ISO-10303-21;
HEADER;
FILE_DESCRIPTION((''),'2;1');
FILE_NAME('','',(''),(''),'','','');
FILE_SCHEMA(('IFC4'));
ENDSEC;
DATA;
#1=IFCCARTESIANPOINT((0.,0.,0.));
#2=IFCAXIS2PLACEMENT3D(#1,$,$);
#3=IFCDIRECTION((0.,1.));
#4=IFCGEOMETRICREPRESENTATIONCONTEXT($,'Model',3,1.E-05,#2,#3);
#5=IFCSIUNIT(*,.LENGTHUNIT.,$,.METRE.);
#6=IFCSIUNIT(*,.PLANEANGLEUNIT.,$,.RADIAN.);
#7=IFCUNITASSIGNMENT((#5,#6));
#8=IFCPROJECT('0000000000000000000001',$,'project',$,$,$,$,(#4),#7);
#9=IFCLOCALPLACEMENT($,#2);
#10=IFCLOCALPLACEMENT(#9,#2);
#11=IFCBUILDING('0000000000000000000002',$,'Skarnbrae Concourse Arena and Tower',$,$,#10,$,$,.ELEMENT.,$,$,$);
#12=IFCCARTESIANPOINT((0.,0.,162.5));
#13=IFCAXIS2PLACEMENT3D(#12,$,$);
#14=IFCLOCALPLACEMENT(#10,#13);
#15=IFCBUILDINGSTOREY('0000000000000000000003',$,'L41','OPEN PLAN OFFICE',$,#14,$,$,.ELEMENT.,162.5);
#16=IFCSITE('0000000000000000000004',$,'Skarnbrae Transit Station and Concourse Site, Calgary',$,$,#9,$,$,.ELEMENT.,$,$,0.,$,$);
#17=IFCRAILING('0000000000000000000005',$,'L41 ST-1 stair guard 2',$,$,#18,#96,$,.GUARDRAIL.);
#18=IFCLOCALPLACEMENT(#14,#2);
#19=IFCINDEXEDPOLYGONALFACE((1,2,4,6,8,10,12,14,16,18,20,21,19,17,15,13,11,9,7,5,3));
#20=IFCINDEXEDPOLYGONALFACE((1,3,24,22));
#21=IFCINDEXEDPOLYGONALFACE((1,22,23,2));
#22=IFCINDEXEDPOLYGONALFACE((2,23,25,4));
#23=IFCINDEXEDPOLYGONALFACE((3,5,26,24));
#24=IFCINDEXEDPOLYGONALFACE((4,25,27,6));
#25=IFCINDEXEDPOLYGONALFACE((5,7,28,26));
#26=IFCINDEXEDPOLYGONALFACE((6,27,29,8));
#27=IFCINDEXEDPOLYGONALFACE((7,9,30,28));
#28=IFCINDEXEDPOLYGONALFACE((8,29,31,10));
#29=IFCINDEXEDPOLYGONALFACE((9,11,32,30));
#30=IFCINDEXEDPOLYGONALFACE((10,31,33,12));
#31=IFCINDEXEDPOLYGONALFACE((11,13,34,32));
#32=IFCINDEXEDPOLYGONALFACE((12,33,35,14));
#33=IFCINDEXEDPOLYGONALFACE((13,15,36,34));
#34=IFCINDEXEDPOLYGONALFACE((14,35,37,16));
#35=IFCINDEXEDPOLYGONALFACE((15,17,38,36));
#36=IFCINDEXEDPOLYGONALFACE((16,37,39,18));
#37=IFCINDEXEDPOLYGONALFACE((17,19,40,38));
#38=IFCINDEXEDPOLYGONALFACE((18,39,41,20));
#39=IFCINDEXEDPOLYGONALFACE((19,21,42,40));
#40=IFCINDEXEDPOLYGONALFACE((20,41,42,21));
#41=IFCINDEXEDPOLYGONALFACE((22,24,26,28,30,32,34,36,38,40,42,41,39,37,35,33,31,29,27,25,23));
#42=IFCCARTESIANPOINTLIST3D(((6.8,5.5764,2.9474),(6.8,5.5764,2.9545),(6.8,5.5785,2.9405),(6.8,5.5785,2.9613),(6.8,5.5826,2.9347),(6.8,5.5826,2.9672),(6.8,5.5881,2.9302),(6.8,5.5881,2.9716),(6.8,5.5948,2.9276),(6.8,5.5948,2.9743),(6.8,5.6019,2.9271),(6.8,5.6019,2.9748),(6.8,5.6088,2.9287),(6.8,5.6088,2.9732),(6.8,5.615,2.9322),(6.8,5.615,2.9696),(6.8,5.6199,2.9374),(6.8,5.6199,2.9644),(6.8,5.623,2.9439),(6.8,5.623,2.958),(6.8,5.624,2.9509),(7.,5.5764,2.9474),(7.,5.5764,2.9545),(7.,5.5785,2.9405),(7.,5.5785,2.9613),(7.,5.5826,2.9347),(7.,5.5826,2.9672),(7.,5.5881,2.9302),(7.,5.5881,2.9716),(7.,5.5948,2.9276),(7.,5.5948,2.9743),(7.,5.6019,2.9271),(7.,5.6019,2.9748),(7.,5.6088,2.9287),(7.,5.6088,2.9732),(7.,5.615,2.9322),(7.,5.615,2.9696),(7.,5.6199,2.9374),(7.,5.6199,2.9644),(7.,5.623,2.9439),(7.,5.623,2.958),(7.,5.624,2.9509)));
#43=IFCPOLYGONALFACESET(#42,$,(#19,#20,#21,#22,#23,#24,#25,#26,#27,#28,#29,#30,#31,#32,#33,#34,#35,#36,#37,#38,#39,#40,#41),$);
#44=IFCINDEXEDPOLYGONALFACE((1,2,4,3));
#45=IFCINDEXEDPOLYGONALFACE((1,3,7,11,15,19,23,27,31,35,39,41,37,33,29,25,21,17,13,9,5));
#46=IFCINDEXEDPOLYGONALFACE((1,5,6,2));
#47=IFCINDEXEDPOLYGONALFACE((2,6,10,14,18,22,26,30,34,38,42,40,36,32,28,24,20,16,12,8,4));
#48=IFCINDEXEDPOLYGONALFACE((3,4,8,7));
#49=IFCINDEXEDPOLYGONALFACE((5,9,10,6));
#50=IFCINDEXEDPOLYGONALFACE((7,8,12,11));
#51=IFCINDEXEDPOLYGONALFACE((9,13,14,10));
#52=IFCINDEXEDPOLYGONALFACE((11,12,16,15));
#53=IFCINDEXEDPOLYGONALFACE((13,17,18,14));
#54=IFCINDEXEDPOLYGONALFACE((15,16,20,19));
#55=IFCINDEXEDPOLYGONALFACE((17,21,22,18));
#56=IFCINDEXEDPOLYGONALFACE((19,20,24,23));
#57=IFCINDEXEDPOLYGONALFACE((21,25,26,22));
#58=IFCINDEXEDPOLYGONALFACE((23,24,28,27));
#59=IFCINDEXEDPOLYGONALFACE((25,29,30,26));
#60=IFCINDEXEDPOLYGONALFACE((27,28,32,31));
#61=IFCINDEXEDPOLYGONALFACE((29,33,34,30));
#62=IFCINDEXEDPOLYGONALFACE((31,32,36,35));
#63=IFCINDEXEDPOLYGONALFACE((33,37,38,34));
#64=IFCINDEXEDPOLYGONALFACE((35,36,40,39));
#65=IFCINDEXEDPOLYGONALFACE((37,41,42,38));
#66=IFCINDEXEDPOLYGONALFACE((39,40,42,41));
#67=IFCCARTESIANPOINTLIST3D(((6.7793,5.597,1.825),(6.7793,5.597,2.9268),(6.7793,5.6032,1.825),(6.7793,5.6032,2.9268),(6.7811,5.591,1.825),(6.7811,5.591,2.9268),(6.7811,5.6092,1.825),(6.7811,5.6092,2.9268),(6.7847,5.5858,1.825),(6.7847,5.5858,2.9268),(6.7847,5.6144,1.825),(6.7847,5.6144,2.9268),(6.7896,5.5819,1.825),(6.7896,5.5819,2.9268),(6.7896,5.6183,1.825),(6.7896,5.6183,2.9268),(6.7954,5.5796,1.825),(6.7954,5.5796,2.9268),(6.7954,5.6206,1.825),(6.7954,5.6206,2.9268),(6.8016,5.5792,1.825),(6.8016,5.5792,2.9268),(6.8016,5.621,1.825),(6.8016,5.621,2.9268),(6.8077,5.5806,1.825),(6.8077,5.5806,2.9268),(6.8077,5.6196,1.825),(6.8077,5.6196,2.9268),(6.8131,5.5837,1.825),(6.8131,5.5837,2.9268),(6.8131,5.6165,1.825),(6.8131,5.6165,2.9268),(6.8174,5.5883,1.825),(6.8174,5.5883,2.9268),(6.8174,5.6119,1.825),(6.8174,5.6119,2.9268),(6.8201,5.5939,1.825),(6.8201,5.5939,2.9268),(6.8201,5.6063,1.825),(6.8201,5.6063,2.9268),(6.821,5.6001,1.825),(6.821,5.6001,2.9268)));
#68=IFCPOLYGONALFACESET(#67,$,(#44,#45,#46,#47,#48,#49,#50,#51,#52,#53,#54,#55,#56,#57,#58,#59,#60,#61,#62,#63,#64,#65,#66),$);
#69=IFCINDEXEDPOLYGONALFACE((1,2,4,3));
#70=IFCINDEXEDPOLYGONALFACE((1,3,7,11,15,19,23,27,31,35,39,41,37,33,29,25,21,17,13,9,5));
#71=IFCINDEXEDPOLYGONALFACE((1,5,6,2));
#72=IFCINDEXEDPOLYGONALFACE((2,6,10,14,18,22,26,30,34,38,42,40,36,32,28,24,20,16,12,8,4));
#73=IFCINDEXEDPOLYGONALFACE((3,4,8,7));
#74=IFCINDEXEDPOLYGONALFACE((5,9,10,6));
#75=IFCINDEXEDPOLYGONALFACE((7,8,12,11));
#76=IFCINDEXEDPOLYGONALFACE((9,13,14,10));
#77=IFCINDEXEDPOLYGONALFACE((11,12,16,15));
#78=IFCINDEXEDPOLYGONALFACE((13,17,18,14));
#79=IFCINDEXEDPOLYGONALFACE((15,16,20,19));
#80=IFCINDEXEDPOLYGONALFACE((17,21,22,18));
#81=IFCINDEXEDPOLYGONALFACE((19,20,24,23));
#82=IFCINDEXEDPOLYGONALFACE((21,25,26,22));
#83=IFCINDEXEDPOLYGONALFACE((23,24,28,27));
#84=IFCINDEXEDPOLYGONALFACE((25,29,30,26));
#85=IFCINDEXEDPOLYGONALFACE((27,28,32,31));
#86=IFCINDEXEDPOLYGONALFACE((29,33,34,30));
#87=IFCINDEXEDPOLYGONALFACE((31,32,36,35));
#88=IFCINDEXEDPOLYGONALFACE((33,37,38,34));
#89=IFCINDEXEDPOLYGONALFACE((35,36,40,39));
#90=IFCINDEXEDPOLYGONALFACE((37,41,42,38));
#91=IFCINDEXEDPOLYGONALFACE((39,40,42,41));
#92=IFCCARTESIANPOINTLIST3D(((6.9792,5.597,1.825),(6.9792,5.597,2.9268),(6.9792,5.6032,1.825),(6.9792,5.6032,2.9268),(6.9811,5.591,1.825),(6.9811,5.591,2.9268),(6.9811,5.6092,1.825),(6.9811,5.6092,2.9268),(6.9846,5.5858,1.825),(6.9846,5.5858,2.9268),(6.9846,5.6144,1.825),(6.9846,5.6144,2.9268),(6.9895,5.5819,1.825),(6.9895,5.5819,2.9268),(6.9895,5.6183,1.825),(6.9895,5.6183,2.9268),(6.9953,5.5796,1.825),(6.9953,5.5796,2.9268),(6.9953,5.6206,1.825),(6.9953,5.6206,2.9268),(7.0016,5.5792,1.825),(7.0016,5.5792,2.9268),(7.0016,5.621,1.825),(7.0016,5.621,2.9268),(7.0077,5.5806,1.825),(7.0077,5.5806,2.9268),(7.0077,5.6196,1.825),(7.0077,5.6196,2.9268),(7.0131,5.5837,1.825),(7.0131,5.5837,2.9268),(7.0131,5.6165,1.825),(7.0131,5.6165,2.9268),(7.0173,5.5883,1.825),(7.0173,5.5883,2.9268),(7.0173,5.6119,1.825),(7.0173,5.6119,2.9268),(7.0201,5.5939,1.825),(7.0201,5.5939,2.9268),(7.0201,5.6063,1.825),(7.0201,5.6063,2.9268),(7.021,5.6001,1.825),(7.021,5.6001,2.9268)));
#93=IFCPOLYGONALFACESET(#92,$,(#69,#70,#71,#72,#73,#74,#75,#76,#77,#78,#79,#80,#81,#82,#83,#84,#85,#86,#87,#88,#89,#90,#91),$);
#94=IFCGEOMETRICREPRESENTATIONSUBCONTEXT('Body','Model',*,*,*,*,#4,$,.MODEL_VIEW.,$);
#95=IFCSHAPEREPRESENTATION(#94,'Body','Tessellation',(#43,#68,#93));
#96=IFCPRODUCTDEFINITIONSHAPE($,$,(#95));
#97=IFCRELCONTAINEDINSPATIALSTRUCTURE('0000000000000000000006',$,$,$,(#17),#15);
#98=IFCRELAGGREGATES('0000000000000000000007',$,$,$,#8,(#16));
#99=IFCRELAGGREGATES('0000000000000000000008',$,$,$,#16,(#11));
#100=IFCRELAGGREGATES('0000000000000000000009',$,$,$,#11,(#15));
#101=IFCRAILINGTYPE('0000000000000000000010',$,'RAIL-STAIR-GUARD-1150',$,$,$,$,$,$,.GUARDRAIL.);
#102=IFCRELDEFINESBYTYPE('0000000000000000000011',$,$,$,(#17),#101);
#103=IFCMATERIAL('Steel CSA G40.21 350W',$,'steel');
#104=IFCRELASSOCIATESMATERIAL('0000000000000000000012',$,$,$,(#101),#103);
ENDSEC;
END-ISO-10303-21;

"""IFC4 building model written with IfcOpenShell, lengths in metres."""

from ifc_helpers import new_model, si_unit, direction, frame, origin, origin_2d, place, context, subcontext, project, spatial, circle, extrude, material, type_object, element, save


model = new_model("IFC4")

# Units and contexts
model_context = context("Model", 3, precision=1e-05, world=origin(), true_north=direction((0.0, 1.0)))
body_context = subcontext(model_context, "Body", "Model", "MODEL_VIEW")
ifc_project = project(units=[si_unit("LENGTHUNIT", "METRE"), si_unit("PLANEANGLEUNIT", "RADIAN")], contexts=[model_context])

# Site, building, storey
site_placement = place(None, origin())
site = spatial("IfcSite", under=ifc_project, at=site_placement, Name="Skarnbrae Transit Station and Concourse Site, Calgary", CompositionType="ELEMENT", RefElevation=0.0)
building_placement = place(site_placement, origin())
building = spatial("IfcBuilding", under=site, at=building_placement, Name="Skarnbrae Concourse Arena and Tower", CompositionType="ELEMENT")
storey_placement = place(building_placement, frame((0.0, 0.0, 162.5)))
storey = spatial("IfcBuildingStorey", under=building, at=storey_placement, Name="L41", Description="OPEN PLAN OFFICE", CompositionType="ELEMENT", Elevation=162.5)

# Railing
ifc_material_1 = material(Name="Steel CSA G40.21 350W", Category="steel")
railing_type_1 = type_object("IfcRailingType", Name="RAIL-STAIR-GUARD-1150", PredefinedType="GUARDRAIL", material=ifc_material_1)
railing_1_placement = place(storey_placement, frame((6.8, 5.6001, 1.825)))
element("IfcRailing", 1, at=railing_1_placement, inside=storey, type_object=railing_type_1, Name="L41 ST-1 stair guard 2", PredefinedType="GUARDRAIL", context=body_context, shape_type="SweptSolid", body=[
    extrude(circle(Radius=0.0239, at=origin_2d()), frame((0.0, 0.0, 1.126), z_axis=(1.0, 0.0, 0.0), x_axis=(0.0, 1.0, 0.0)), (0.0, 0.0, 1.0), 0.2),
    extrude(circle(Radius=0.021, at=origin_2d()), origin(), (0.0, 0.0, 1.0), 1.1018),
    extrude(circle(Radius=0.021, at=origin_2d()), frame((0.2, 0.0, 0.0)), (0.0, 0.0, 1.0), 1.1018),
])

save(model, "model.ifc")
